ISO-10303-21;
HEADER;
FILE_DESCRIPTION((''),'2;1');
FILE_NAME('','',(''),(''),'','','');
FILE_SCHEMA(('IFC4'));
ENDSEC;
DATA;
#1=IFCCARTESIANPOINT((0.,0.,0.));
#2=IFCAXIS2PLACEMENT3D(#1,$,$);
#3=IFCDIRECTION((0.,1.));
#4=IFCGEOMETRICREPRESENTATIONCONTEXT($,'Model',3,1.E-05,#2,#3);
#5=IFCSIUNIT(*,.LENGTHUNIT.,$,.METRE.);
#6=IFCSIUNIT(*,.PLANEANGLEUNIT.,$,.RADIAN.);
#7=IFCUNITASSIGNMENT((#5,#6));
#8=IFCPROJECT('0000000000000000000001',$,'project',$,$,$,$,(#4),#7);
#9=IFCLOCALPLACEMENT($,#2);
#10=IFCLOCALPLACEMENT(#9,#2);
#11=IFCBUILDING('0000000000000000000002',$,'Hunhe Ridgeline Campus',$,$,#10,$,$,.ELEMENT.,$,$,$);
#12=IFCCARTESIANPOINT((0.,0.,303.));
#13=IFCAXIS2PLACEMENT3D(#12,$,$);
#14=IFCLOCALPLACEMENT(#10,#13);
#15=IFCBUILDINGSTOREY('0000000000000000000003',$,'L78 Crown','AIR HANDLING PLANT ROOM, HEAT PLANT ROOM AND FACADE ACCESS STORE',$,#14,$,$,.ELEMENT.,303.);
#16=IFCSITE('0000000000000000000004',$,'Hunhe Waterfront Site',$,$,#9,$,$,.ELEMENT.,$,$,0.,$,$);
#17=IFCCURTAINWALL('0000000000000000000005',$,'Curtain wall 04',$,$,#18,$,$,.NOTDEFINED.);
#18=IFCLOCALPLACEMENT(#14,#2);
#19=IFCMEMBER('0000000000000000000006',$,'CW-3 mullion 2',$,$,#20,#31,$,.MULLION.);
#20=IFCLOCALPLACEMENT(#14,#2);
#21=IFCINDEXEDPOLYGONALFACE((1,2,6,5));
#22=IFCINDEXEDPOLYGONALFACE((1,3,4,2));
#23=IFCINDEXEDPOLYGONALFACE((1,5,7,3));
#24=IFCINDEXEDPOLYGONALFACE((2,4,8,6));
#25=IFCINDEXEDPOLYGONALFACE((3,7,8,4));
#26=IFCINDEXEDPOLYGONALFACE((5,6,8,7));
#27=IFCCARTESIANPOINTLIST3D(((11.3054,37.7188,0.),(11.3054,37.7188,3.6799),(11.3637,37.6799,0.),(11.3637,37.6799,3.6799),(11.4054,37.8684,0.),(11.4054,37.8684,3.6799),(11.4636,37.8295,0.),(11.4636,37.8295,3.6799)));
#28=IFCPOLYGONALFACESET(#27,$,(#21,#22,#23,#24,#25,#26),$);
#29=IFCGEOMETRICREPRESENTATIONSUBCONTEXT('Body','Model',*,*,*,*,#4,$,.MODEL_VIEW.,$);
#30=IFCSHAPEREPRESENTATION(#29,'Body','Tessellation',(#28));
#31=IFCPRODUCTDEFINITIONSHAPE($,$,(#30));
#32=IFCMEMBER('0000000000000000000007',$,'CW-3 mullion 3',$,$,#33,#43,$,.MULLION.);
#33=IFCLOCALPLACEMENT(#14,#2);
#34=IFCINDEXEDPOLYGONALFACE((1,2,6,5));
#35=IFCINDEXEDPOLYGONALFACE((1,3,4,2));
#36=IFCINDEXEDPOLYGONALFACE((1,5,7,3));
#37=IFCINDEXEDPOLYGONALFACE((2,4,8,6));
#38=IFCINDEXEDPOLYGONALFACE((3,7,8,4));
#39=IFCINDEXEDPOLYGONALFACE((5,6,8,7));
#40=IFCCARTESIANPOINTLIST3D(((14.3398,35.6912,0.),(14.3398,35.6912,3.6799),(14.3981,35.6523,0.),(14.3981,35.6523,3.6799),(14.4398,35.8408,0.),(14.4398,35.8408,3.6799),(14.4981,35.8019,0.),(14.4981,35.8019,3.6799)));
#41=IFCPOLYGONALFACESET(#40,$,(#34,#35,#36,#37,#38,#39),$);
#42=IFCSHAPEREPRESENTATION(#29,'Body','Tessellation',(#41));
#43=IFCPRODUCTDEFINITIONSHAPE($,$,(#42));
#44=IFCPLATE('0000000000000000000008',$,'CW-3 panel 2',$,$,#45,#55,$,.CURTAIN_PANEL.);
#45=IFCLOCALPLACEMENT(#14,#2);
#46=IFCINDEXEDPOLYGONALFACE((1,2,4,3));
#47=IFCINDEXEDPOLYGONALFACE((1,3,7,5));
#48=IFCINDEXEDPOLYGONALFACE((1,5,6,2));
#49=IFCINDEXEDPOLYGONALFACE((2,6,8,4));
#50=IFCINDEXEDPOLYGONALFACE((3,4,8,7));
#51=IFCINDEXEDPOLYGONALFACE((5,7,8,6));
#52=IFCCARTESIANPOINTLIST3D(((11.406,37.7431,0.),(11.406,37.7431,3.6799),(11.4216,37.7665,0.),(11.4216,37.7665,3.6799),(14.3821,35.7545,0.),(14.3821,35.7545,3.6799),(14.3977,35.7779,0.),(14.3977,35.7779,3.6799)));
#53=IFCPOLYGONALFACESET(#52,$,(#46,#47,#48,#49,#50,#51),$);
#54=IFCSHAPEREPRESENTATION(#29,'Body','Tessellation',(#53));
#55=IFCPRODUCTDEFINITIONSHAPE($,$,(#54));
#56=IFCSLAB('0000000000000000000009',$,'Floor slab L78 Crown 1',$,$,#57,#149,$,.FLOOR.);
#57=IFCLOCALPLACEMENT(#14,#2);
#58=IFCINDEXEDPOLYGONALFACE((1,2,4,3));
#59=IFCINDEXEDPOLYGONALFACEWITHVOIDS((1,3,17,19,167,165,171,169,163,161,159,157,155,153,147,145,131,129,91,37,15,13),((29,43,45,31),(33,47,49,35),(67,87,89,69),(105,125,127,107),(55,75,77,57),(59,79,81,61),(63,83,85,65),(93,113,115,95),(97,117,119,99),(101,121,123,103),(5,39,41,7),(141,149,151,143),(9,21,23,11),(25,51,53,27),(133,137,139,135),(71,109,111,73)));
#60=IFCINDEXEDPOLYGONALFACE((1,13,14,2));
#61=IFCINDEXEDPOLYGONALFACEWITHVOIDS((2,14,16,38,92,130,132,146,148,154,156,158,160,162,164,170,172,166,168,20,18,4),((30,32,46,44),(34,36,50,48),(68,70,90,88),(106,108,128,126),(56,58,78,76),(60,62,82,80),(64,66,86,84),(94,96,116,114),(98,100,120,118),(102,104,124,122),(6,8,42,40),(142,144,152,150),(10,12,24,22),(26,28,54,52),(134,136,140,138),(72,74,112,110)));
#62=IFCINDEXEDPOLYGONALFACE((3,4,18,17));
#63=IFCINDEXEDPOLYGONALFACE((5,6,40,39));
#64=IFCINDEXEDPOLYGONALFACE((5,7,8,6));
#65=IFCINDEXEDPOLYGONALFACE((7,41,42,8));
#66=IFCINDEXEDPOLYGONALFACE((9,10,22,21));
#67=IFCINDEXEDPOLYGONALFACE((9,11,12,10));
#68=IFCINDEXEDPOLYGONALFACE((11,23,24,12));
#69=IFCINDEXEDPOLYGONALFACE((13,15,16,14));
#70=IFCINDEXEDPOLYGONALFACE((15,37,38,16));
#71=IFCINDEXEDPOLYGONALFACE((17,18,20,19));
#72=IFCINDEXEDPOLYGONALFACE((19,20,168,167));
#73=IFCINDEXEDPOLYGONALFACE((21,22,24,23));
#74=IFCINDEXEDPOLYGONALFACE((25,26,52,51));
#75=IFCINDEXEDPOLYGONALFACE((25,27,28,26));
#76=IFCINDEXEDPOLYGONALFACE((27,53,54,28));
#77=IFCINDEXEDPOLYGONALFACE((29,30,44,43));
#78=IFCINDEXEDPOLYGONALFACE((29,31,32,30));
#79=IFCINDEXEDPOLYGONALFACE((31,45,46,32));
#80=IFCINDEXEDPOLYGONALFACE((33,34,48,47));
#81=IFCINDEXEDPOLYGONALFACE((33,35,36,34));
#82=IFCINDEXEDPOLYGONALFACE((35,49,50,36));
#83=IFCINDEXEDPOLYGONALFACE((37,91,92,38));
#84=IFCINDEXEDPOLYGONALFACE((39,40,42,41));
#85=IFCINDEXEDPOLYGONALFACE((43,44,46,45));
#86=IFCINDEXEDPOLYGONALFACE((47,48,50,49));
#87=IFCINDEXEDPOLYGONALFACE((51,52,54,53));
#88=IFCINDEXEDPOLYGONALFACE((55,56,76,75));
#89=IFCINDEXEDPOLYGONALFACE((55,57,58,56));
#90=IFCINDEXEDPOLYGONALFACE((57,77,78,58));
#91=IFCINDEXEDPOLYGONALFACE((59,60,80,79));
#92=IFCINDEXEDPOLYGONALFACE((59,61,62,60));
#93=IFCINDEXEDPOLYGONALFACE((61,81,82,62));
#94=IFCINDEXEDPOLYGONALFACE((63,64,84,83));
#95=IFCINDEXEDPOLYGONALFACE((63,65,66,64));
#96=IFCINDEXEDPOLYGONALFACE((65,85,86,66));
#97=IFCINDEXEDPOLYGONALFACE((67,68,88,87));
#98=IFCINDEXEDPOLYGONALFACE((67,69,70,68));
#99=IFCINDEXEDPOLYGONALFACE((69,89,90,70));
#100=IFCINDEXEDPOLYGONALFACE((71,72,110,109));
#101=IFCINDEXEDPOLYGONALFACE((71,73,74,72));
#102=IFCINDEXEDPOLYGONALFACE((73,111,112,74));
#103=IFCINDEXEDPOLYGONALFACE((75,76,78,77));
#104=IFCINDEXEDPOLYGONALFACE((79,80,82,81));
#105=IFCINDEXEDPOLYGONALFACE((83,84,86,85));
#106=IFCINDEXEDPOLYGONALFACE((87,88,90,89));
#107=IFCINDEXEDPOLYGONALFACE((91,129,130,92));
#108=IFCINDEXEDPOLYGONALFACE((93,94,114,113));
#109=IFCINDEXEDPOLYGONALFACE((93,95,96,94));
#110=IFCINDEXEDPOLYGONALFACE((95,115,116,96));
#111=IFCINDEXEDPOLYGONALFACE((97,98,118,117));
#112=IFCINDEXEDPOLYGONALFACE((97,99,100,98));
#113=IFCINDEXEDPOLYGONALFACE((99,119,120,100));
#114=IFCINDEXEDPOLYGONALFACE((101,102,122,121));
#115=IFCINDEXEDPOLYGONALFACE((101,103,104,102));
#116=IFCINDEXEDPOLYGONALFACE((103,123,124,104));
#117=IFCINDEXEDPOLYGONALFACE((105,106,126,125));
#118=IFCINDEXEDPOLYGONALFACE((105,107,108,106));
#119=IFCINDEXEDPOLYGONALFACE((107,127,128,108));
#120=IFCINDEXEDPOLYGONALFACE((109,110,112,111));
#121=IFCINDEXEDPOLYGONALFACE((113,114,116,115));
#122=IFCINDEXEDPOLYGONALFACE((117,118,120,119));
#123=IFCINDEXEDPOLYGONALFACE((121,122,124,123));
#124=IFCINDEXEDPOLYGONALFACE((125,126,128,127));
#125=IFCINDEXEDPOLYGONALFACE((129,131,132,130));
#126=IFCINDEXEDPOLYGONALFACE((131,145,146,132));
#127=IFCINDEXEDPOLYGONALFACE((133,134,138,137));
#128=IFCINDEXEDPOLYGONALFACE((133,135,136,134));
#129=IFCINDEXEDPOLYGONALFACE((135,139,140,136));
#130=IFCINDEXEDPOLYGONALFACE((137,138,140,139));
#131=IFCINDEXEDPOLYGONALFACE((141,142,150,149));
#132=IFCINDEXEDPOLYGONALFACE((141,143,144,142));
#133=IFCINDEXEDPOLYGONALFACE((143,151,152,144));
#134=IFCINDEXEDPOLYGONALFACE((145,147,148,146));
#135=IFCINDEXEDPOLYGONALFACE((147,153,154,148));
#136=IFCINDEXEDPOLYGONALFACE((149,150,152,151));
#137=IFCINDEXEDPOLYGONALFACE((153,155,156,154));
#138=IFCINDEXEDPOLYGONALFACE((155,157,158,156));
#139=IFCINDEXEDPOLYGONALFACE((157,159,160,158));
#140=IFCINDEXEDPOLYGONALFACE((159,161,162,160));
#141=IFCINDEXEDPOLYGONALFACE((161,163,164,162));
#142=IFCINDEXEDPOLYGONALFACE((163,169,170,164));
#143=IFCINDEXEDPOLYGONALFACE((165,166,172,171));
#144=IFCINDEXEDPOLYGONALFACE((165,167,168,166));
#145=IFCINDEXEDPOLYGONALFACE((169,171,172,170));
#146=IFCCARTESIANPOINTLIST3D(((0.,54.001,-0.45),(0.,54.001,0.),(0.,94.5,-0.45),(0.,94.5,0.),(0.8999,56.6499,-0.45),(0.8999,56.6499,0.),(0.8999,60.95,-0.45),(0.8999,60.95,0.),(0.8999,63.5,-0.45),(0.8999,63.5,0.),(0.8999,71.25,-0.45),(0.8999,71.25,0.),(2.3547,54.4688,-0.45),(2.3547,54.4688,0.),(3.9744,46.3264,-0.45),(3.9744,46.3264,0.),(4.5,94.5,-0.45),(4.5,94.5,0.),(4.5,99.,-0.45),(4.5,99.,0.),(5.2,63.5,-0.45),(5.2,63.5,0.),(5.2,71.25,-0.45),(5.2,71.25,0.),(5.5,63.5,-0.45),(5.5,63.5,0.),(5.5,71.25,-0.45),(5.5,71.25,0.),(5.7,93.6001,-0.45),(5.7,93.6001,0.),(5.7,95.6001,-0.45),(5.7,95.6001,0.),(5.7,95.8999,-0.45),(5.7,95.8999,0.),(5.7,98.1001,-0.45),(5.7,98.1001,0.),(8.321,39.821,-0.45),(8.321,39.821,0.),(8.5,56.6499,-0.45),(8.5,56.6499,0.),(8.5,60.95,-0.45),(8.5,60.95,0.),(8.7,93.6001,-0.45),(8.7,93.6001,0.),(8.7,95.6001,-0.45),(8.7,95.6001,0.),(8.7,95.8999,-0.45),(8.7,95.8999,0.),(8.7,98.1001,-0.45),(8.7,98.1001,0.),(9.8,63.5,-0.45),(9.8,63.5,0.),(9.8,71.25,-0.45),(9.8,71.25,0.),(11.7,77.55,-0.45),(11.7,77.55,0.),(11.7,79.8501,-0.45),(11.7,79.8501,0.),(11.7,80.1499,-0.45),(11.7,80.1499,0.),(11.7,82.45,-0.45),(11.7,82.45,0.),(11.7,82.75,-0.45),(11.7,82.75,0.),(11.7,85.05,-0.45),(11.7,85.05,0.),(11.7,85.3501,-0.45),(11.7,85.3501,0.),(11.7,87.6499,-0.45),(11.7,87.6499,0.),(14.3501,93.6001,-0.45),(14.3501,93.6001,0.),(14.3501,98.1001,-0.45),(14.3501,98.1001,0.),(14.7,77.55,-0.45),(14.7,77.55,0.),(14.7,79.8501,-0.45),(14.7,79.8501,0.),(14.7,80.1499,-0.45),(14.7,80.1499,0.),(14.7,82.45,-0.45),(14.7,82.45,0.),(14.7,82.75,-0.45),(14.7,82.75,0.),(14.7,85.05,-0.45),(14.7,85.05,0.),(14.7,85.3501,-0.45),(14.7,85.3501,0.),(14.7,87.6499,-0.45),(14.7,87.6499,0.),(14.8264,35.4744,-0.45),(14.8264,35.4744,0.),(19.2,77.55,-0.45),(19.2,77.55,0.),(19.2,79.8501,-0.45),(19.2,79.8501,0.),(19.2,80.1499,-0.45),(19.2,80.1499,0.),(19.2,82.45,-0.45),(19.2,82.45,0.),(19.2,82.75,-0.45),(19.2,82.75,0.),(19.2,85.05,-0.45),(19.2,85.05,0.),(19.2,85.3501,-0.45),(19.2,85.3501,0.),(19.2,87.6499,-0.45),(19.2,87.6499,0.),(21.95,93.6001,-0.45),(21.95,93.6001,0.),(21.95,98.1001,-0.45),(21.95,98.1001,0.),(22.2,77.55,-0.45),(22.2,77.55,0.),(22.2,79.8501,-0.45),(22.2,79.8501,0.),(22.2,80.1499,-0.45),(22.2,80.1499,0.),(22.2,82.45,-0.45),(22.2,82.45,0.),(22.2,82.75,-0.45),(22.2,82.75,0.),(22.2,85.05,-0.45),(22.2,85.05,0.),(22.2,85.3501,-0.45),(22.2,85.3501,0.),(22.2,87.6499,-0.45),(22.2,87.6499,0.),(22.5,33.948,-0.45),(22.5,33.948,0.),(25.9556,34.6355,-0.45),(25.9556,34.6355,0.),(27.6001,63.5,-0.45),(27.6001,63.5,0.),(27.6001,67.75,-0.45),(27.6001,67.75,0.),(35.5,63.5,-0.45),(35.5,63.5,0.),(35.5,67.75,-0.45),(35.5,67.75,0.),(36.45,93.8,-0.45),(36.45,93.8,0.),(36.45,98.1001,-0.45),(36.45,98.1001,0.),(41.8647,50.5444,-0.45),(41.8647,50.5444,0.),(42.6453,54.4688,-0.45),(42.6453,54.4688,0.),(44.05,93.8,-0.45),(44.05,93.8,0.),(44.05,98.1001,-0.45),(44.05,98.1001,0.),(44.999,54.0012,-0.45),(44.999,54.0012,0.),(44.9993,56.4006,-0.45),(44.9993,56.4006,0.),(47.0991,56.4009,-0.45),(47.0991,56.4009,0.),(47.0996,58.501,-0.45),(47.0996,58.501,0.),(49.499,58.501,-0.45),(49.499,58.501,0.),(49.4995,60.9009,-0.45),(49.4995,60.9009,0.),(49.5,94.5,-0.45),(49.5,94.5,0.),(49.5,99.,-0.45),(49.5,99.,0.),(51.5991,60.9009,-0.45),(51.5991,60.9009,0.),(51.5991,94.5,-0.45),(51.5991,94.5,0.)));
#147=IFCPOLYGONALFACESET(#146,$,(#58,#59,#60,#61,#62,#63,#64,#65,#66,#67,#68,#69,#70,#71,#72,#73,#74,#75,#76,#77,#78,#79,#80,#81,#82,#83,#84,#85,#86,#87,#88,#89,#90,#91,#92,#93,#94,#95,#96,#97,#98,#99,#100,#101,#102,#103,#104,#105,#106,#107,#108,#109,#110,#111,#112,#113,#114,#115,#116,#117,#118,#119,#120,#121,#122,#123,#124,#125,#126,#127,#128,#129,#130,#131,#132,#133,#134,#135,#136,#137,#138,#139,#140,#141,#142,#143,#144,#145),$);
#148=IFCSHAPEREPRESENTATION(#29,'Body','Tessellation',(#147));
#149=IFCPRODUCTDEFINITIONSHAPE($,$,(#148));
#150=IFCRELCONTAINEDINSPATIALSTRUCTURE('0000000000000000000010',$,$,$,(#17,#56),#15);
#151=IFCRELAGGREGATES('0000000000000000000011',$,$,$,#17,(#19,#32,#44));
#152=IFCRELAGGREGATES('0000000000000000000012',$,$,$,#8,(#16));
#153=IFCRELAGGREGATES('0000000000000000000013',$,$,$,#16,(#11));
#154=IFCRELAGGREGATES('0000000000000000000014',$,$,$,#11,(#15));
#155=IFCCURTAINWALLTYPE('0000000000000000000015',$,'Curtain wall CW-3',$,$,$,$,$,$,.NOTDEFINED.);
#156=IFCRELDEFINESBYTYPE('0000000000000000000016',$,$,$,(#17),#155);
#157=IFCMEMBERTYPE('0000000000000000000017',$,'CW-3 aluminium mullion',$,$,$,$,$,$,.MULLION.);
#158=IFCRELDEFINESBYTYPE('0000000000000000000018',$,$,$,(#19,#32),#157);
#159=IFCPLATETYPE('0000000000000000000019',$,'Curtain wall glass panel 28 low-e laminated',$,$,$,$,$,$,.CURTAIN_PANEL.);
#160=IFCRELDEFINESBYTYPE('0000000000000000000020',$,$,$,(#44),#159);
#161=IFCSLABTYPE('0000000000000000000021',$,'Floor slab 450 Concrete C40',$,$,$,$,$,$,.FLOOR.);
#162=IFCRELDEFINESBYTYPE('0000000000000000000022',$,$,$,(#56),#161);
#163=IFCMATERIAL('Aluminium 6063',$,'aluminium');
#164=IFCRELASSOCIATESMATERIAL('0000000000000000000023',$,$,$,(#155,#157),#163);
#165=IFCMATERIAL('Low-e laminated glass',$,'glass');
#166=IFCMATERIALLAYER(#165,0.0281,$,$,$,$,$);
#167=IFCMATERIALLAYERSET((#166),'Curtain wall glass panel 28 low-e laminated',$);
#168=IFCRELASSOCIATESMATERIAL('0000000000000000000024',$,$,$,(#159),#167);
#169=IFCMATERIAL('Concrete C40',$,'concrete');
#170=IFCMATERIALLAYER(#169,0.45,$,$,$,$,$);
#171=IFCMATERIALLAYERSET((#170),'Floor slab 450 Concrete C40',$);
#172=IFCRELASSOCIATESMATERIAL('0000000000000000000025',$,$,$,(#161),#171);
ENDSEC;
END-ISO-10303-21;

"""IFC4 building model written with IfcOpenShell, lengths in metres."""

from ifc_helpers import new_model, si_unit, direction, frame, origin, origin_2d, place, context, subcontext, project, spatial, polyline, rectangle, outline, extrude, material, layer, layer_set, material_profile, profile_set, type_object, element, aggregate, save


model = new_model("IFC4")

# Units and contexts
model_context = context("Model", 3, precision=1e-05, world=origin(), true_north=direction((0.0, 1.0)))
body_context = subcontext(model_context, "Body", "Model", "MODEL_VIEW")
ifc_project = project(units=[si_unit("LENGTHUNIT", "METRE"), si_unit("PLANEANGLEUNIT", "RADIAN")], contexts=[model_context])

# Site, building, storey
site_placement = place(None, origin())
site = spatial("IfcSite", under=ifc_project, at=site_placement, Name="Hunhe Waterfront Site", CompositionType="ELEMENT", RefElevation=0.0)
building_placement = place(site_placement, origin())
building = spatial("IfcBuilding", under=site, at=building_placement, Name="Hunhe Ridgeline Campus", CompositionType="ELEMENT")
storey_placement = place(building_placement, frame((0.0, 0.0, 303.0)))
storey = spatial("IfcBuildingStorey", under=building, at=storey_placement, Name="L78 Crown", Description="AIR HANDLING PLANT ROOM, HEAT PLANT ROOM AND FACADE ACCESS STORE", CompositionType="ELEMENT", Elevation=303.0)

# Curtain wall, members, plate
ifc_material_1 = material(Name="Aluminium 6063", Category="aluminium")
curtain_wall_type = type_object("IfcCurtainWallType", Name="Curtain wall CW-3", PredefinedType="NOTDEFINED", material=ifc_material_1)
curtain_wall_placement = place(storey_placement, origin())
curtain_wall = element("IfcCurtainWall", 1, at=curtain_wall_placement, inside=storey, type_object=curtain_wall_type, Name="Curtain wall 04", PredefinedType="NOTDEFINED")
ifc_material_profile = material_profile(ifc_material_1, rectangle(XDim=0.1799, YDim=0.0701, at=origin_2d()))
ifc_profile_set = profile_set([ifc_material_profile], Name="Aluminium 6063")
member_type = type_object("IfcMemberType", Name="CW-3 aluminium mullion", PredefinedType="MULLION", material=ifc_profile_set)
member_1_placement = place(storey_placement, frame((11.3845, 37.7742, 0.0), z_axis=(0.0, 0.0, 1.0), x_axis=(0.55557, 0.83147, 0.0)))
member_1 = element("IfcMember", 2, at=member_1_placement, type_object=member_type, Name="CW-3 mullion 2", PredefinedType="MULLION", context=body_context, shape_type="SweptSolid", body=[
    extrude(rectangle(XDim=0.1799, YDim=0.0701, at=origin_2d()), origin(), (0.0, 0.0, 1.0), 3.6799),
])
member_2_placement = place(storey_placement, frame((14.4189, 35.7466, 0.0), z_axis=(0.0, 0.0, 1.0), x_axis=(0.55557, 0.83147, 0.0)))
member_2 = element("IfcMember", 3, at=member_2_placement, type_object=member_type, Name="CW-3 mullion 3", PredefinedType="MULLION", context=body_context, shape_type="SweptSolid", body=[
    extrude(rectangle(XDim=0.1799, YDim=0.0701, at=origin_2d()), origin(), (0.0, 0.0, 1.0), 3.6799),
])
ifc_material_2 = material(Name="Low-e laminated glass", Category="glass")
ifc_layer_1 = layer(ifc_material_2, 0.0281)
ifc_layer_set_1 = layer_set([ifc_layer_1], Name="Curtain wall glass panel 28 low-e laminated")
plate_type = type_object("IfcPlateType", Name="Curtain wall glass panel 28 low-e laminated", PredefinedType="CURTAIN_PANEL", material=ifc_layer_set_1)
plate_placement = place(storey_placement, frame((12.9019, 36.7605, 0.0), z_axis=(0.0, 0.0, 1.0), x_axis=(0.83147, -0.55557, 0.0)))
plate = element("IfcPlate", 4, at=plate_placement, type_object=plate_type, Name="CW-3 panel 2", PredefinedType="CURTAIN_PANEL", context=body_context, shape_type="SweptSolid", body=[
    extrude(rectangle(XDim=3.5793, YDim=0.0281, at=origin_2d()), origin(), (0.0, 0.0, 1.0), 3.6799),
])
aggregate(curtain_wall, [member_1, member_2, plate])

# Slab
ifc_material_3 = material(Name="Concrete C40", Category="concrete")
ifc_layer_2 = layer(ifc_material_3, 0.45)
ifc_layer_set_2 = layer_set([ifc_layer_2], Name="Floor slab 450 Concrete C40")
slab_type_1 = type_object("IfcSlabType", Name="Floor slab 450 Concrete C40", PredefinedType="FLOOR", material=ifc_layer_set_2)
slab_1_placement = place(storey_placement, frame((0.0, 0.0, -0.45)))
element("IfcSlab", 5, at=slab_1_placement, inside=storey, type_object=slab_type_1, Name="Floor slab L78 Crown 1", PredefinedType="FLOOR", context=body_context, shape_type="SweptSolid", body=[
    extrude(outline(polyline([(22.5, 33.948), (25.9556, 34.6355), (41.8647, 50.5444), (42.6453, 54.4688), (44.999, 54.0012), (44.9993, 56.4006), (47.0991, 56.4009), (47.0996, 58.501), (49.499, 58.501), (49.4995, 60.9009), (51.5991, 60.9009), (51.5991, 94.5), (49.5, 94.5), (49.5, 99.0), (4.5, 99.0), (4.5, 94.5), (0.0, 94.5), (0.0, 54.001), (2.3547, 54.4688), (3.9744, 46.3264), (8.321, 39.821), (14.8264, 35.4744), (22.5, 33.948)]), holes=[polyline([(44.05, 98.1001), (36.45, 98.1001), (36.45, 93.8), (44.05, 93.8), (44.05, 98.1001)]), polyline([(27.6001, 67.75), (27.6001, 63.5), (35.5, 63.5), (35.5, 67.75), (27.6001, 67.75)]), polyline([(22.2, 85.3501), (22.2, 87.6499), (19.2, 87.6499), (19.2, 85.3501), (22.2, 85.3501)]), polyline([(22.2, 85.05), (19.2, 85.05), (19.2, 82.75), (22.2, 82.75), (22.2, 85.05)]), polyline([(19.2, 82.45), (19.2, 80.1499), (22.2, 80.1499), (22.2, 82.45), (19.2, 82.45)]), polyline([(19.2, 77.55), (22.2, 77.55), (22.2, 79.8501), (19.2, 79.8501), (19.2, 77.55)]), polyline([(21.95, 98.1001), (14.3501, 98.1001), (14.3501, 93.6001), (21.95, 93.6001), (21.95, 98.1001)]), polyline([(14.7, 85.3501), (14.7, 87.6499), (11.7, 87.6499), (11.7, 85.3501), (14.7, 85.3501)]), polyline([(14.7, 85.05), (11.7, 85.05), (11.7, 82.75), (14.7, 82.75), (14.7, 85.05)]), polyline([(11.7, 82.45), (11.7, 80.1499), (14.7, 80.1499), (14.7, 82.45), (11.7, 82.45)]), polyline([(11.7, 77.55), (14.7, 77.55), (14.7, 79.8501), (11.7, 79.8501), (11.7, 77.55)]), polyline([(5.5, 63.5), (9.8, 63.5), (9.8, 71.25), (5.5, 71.25), (5.5, 63.5)]), polyline([(5.7, 98.1001), (5.7, 95.8999), (8.7, 95.8999), (8.7, 98.1001), (5.7, 98.1001)]), polyline([(5.7, 93.6001), (8.7, 93.6001), (8.7, 95.6001), (5.7, 95.6001), (5.7, 93.6001)]), polyline([(0.8999, 60.95), (0.8999, 56.6499), (8.5, 56.6499), (8.5, 60.95), (0.8999, 60.95)]), polyline([(5.2, 63.5), (5.2, 71.25), (0.8999, 71.25), (0.8999, 63.5), (5.2, 63.5)])]), origin(), (0.0, 0.0, 1.0), 0.45),
])

save(model, "model.ifc")
